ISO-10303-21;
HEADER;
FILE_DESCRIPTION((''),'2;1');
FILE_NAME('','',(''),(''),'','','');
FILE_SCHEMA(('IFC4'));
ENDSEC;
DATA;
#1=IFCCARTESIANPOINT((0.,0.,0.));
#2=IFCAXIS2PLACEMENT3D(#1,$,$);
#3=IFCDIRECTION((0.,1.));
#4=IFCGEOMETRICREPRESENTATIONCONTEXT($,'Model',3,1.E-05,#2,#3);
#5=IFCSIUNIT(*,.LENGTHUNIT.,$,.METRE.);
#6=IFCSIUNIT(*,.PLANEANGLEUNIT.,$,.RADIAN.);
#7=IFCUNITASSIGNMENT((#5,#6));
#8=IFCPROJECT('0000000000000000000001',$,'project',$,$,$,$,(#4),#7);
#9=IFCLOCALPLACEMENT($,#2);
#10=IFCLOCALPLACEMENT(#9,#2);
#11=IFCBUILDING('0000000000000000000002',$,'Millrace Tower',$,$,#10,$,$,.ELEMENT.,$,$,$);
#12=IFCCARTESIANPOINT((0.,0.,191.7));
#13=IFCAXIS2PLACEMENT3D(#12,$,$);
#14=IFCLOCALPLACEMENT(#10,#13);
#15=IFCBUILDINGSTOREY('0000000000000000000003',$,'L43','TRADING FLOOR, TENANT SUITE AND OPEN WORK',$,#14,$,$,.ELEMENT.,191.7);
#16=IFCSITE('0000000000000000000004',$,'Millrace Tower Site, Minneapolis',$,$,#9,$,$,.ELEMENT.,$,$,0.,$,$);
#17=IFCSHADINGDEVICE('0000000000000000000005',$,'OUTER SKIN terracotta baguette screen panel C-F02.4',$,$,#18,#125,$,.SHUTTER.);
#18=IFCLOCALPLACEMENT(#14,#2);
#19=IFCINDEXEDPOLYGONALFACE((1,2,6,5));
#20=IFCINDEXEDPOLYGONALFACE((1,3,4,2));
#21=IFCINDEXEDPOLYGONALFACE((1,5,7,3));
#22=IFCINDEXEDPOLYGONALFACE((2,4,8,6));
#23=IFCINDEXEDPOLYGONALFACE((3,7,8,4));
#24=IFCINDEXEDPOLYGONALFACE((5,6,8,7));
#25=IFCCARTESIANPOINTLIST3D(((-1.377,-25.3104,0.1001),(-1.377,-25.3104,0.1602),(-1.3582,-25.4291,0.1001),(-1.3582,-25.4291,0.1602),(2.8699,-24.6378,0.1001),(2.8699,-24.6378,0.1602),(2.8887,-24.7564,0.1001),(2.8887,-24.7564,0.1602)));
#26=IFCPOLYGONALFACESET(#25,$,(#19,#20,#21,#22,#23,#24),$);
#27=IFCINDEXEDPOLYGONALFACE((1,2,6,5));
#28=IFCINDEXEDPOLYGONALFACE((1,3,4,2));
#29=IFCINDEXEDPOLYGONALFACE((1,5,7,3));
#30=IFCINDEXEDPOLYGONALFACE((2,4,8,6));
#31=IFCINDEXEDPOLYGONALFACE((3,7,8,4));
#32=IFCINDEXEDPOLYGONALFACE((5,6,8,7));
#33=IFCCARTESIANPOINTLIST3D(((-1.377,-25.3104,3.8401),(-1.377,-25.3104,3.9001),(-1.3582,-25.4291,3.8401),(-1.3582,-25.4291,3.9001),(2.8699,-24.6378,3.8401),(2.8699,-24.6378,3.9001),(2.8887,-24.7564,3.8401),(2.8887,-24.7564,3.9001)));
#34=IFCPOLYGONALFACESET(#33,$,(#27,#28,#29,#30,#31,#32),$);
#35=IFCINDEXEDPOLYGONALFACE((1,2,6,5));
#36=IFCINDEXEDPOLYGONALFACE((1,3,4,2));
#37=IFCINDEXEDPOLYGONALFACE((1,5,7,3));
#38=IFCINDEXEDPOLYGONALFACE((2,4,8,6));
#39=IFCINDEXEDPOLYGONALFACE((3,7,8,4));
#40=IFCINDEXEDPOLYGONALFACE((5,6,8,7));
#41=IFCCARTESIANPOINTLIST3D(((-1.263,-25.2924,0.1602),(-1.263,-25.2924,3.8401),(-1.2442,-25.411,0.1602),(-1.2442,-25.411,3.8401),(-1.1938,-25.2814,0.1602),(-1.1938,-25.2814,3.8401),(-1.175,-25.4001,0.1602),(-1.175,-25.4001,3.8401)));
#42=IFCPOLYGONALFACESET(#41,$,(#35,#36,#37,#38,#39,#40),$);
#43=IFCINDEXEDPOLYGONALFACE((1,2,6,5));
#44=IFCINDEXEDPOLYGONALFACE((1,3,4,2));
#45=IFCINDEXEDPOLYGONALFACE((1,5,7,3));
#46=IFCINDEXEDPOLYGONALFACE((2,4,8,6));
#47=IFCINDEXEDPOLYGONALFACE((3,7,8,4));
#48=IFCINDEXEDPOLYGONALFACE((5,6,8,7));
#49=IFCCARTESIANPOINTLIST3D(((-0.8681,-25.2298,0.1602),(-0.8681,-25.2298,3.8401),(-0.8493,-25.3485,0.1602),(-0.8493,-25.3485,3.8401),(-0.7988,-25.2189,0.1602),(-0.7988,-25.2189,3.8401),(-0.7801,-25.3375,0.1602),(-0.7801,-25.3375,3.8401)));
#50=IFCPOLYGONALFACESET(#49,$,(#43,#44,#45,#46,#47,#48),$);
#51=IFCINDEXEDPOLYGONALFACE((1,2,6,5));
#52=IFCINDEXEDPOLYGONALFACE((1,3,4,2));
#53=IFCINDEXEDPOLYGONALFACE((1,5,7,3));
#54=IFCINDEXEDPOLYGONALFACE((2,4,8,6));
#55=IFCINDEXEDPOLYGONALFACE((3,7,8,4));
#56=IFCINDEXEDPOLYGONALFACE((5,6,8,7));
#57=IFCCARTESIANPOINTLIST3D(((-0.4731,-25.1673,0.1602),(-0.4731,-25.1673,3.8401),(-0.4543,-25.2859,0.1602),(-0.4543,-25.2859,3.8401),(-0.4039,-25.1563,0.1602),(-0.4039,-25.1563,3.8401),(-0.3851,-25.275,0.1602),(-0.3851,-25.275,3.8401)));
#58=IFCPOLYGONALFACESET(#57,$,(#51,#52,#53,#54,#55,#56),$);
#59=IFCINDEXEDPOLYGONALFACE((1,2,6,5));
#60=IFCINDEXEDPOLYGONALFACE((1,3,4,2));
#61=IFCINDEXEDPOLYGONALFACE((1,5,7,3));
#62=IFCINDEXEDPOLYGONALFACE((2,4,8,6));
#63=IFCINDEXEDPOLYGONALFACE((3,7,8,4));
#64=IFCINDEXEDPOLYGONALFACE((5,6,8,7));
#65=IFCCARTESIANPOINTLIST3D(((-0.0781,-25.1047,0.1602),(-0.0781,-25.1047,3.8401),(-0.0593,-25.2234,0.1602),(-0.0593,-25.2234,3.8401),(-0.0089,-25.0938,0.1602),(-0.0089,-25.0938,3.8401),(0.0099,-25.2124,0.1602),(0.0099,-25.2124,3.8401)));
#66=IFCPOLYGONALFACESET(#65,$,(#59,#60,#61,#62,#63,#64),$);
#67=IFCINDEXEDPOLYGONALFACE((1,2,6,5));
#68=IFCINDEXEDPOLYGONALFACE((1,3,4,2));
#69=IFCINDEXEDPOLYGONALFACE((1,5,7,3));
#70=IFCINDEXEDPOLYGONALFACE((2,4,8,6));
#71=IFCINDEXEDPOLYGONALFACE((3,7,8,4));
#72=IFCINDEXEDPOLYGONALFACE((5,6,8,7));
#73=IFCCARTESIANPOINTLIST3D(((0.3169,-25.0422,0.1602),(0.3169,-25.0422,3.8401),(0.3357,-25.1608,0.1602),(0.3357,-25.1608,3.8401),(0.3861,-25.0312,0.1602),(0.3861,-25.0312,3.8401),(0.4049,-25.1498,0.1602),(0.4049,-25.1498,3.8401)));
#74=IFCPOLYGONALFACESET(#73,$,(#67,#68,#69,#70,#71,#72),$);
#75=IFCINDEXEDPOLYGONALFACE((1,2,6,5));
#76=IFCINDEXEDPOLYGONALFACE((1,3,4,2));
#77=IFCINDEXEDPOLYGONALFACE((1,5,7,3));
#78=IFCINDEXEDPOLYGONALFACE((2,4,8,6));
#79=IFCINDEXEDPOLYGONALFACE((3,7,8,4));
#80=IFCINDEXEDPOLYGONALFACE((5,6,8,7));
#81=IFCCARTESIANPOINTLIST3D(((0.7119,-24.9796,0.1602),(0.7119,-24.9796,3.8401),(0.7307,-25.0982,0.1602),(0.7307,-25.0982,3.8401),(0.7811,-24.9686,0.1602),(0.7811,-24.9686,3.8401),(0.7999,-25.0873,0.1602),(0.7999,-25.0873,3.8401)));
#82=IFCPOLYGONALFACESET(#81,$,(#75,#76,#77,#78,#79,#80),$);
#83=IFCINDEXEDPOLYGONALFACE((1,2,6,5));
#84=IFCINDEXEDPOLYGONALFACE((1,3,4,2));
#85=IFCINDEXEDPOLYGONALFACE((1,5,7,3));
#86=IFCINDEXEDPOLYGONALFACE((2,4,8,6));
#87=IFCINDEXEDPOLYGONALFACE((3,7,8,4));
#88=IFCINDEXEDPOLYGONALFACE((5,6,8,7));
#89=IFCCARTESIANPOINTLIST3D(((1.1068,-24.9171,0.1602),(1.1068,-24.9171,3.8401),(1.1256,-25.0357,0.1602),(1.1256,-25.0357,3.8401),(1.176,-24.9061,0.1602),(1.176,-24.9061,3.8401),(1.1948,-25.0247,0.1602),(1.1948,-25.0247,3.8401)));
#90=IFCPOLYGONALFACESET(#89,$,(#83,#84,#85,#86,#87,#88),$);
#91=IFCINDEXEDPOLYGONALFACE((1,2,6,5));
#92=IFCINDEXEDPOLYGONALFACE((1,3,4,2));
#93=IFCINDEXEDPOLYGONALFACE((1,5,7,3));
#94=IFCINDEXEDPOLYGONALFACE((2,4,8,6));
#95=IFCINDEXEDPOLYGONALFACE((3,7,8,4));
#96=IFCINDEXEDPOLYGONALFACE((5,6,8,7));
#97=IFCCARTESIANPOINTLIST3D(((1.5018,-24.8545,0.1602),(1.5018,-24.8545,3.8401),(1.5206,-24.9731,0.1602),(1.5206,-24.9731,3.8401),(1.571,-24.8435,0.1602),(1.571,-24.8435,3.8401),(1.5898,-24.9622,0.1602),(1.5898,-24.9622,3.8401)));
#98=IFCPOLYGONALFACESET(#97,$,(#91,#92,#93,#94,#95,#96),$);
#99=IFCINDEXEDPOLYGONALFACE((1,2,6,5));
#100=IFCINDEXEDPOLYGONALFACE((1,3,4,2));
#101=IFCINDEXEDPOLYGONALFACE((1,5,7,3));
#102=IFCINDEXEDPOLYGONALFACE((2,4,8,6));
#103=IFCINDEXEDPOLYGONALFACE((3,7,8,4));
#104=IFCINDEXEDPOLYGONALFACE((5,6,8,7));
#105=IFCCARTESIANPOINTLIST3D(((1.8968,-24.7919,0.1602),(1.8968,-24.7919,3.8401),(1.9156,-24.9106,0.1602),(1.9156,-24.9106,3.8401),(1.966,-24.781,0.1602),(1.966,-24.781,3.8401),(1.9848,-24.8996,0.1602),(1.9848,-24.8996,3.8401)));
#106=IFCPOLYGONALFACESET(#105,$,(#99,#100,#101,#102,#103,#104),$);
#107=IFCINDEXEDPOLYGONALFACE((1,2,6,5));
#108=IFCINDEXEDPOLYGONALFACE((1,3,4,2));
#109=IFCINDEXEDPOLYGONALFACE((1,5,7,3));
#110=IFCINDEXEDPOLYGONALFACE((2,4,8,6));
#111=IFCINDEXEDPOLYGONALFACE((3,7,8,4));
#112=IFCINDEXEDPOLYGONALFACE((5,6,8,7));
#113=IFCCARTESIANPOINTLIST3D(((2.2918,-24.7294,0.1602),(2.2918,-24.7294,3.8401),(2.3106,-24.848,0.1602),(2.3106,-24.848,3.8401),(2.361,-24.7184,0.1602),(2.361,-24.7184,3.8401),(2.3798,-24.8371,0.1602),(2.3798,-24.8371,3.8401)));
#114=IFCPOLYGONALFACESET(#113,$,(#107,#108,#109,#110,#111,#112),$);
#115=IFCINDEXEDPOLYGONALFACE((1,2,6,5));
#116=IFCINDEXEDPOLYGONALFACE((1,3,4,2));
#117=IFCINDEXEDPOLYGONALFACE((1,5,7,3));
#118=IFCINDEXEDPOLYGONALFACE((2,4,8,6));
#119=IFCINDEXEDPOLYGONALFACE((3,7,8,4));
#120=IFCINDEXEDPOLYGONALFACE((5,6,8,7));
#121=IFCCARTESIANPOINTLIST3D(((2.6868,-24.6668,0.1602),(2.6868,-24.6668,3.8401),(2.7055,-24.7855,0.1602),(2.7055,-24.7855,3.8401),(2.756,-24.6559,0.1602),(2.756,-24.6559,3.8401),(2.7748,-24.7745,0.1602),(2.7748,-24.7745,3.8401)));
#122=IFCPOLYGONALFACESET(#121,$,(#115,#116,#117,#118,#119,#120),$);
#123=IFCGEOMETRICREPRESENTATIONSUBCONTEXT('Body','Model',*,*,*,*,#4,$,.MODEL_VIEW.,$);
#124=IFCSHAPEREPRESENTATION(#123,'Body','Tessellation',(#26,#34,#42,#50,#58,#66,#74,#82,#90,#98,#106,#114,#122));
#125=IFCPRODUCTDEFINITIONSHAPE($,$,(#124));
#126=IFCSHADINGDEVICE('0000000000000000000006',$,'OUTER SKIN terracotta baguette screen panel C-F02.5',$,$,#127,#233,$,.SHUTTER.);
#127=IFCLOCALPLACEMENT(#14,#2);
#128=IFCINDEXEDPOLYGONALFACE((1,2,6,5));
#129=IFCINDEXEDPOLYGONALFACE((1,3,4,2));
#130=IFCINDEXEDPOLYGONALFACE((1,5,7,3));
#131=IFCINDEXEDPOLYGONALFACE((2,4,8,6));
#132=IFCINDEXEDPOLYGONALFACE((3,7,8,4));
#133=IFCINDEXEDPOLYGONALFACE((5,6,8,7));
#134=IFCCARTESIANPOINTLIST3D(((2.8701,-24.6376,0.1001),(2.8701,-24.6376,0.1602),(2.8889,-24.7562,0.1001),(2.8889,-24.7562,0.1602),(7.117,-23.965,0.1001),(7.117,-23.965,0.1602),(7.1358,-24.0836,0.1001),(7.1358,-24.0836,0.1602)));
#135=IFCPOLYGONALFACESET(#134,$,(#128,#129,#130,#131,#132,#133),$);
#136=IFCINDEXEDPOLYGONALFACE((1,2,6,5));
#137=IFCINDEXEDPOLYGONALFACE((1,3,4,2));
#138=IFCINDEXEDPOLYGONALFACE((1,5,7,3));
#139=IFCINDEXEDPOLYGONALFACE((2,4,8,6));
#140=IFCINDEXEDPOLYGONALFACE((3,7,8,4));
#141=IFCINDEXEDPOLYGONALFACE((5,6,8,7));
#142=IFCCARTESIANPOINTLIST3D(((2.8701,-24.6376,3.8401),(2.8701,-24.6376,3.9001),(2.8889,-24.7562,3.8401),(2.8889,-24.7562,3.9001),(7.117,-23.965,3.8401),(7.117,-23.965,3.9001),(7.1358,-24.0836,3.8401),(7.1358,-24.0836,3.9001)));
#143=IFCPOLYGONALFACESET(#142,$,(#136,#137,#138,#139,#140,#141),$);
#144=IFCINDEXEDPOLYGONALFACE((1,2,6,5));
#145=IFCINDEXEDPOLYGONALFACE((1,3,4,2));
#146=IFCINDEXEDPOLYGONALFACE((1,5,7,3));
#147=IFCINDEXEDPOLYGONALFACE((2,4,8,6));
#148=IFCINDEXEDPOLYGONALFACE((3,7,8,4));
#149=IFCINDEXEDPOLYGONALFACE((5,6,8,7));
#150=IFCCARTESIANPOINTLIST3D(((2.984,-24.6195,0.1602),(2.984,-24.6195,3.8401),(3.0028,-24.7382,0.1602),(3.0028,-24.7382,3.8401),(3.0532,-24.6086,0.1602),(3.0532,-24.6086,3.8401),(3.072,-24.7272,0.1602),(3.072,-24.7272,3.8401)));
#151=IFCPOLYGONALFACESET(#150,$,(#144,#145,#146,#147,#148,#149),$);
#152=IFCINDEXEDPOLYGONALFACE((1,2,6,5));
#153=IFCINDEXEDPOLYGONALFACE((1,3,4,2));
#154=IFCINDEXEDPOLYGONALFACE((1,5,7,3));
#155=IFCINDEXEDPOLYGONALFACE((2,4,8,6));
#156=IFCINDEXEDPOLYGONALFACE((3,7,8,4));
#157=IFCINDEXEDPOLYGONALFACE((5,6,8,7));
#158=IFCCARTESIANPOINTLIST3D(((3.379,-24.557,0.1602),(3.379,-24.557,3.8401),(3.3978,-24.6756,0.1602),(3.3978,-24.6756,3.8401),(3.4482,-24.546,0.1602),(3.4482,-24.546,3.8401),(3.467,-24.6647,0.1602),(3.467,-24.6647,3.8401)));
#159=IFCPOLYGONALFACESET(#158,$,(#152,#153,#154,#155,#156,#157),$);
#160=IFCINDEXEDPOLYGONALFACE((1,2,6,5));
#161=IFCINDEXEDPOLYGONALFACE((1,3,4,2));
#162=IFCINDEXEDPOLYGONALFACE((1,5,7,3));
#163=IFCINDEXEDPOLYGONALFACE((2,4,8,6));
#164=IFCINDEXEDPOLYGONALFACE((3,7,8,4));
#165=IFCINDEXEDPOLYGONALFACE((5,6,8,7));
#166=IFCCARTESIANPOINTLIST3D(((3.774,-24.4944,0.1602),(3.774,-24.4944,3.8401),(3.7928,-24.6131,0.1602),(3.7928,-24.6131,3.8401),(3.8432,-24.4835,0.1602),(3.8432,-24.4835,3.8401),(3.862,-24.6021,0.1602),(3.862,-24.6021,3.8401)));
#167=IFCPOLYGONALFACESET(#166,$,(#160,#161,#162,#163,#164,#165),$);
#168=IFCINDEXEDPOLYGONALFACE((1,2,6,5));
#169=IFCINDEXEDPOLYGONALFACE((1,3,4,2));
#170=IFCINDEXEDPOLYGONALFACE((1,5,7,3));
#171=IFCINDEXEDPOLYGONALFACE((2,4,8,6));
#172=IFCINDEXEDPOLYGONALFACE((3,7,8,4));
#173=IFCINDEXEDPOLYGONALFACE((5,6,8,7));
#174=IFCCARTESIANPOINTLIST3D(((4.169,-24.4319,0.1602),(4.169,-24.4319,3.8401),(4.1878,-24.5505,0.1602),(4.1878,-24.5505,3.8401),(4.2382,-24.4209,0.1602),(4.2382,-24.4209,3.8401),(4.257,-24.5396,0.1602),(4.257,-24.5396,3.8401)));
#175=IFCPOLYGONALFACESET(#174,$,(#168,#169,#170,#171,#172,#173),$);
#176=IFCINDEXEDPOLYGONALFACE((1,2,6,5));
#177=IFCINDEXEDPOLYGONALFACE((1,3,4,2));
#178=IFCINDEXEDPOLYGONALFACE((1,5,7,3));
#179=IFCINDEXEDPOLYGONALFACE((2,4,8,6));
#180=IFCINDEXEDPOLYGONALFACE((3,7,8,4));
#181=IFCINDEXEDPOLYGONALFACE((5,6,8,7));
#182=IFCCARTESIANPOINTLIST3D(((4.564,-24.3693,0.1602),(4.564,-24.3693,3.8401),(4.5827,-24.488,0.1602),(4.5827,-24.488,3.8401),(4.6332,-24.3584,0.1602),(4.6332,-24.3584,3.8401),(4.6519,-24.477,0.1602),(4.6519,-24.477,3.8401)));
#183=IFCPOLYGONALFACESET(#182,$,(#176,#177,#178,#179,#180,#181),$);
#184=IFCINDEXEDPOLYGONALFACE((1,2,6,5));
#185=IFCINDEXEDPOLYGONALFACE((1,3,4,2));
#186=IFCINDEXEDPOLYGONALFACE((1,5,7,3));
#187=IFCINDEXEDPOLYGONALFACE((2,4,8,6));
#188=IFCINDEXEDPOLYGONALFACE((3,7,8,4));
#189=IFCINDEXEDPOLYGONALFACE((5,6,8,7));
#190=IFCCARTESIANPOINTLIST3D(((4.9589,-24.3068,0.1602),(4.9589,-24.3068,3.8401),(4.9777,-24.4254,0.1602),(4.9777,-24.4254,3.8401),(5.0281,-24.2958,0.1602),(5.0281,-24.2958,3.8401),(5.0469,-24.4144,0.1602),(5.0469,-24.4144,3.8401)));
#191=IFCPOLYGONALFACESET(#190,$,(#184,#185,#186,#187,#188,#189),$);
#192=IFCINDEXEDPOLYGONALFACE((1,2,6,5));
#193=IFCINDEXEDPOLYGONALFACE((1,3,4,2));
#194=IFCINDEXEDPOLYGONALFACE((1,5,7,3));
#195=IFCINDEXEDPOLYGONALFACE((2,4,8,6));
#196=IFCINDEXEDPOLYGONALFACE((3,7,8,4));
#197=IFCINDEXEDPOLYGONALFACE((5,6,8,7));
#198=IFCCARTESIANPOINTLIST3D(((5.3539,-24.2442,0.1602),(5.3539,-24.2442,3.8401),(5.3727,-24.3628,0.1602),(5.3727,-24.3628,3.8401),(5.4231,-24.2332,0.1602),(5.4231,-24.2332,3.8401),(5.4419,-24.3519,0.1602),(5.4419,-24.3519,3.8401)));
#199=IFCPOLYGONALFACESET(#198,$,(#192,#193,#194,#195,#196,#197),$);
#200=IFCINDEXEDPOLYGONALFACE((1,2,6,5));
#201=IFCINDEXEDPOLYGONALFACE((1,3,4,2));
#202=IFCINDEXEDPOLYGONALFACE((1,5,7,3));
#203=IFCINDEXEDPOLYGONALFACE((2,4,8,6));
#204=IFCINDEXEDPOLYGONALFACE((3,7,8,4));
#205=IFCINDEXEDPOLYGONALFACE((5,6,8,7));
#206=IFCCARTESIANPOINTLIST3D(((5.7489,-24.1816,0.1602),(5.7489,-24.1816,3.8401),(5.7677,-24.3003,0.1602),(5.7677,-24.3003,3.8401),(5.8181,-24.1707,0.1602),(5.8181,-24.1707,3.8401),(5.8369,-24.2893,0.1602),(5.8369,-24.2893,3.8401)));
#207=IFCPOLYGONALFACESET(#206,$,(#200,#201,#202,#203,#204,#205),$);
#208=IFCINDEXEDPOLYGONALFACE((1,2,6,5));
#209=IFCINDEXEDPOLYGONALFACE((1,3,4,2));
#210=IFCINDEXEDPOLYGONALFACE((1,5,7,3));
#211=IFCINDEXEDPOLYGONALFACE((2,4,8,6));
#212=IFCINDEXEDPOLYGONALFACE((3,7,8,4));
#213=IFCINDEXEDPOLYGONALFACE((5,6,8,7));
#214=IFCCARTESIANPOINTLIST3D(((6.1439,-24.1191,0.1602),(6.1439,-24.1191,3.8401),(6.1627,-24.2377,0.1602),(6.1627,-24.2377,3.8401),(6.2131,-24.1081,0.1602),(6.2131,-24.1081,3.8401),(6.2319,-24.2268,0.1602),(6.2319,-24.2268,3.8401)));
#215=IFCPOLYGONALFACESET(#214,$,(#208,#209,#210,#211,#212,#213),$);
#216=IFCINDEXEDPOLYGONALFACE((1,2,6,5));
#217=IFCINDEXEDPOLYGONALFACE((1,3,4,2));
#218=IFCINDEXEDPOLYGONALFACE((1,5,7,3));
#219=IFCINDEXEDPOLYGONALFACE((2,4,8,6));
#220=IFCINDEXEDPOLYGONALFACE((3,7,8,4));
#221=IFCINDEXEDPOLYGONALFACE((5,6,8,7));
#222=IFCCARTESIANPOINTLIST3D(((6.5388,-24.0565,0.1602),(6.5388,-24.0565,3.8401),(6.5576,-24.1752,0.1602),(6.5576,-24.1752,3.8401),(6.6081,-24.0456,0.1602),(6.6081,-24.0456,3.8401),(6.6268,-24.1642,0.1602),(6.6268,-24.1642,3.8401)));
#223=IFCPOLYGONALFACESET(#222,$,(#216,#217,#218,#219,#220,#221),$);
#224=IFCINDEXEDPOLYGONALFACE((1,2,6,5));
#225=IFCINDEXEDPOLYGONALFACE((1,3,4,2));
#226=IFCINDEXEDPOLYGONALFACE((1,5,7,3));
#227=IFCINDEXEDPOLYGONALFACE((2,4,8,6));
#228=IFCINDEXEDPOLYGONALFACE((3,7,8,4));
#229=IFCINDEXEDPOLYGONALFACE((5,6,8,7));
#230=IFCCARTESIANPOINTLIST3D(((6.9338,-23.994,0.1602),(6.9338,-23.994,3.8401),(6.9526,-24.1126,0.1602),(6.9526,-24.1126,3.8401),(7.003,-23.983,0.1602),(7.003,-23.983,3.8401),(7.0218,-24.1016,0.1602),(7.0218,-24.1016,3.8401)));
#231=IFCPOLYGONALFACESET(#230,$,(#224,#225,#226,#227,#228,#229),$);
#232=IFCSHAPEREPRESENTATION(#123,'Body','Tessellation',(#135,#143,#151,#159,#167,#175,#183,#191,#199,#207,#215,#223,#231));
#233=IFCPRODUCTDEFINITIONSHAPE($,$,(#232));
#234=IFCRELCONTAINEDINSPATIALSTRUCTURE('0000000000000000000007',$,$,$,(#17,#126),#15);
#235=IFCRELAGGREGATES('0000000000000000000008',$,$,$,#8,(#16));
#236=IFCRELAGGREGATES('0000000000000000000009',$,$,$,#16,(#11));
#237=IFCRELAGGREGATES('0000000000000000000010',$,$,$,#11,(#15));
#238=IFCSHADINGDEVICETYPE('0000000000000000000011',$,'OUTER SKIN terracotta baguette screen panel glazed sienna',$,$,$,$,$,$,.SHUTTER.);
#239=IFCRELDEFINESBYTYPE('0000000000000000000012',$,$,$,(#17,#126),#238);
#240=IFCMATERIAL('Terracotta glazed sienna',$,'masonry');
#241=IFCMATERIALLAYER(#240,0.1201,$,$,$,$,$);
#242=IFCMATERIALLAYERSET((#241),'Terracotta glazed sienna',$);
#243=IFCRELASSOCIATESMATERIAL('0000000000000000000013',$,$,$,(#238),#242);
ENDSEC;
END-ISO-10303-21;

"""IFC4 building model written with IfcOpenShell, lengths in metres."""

from ifc_helpers import new_model, entity, si_unit, direction, frame, frame_2d, origin, origin_2d, place, context, subcontext, project, spatial, rectangle, extrude, source, transform, mapped, material, layer, layer_set, type_object, element, save


model = new_model("IFC4")

# Units and contexts
model_context = context("Model", 3, precision=1e-05, world=origin(), true_north=direction((0.0, 1.0)))
body_context = subcontext(model_context, "Body", "Model", "MODEL_VIEW")
ifc_project = project(units=[si_unit("LENGTHUNIT", "METRE"), si_unit("PLANEANGLEUNIT", "RADIAN")], contexts=[model_context])

# Site, building, storey
site_placement = place(None, origin())
site = spatial("IfcSite", under=ifc_project, at=site_placement, Name="Millrace Tower Site, Minneapolis", CompositionType="ELEMENT", RefElevation=0.0)
building_placement = place(site_placement, origin())
building = spatial("IfcBuilding", under=site, at=building_placement, Name="Millrace Tower", CompositionType="ELEMENT")
storey_placement = place(building_placement, frame((0.0, 0.0, 191.7)))
storey = spatial("IfcBuildingStorey", under=building, at=storey_placement, Name="L43", Description="TRADING FLOOR, TENANT SUITE AND OPEN WORK", CompositionType="ELEMENT", Elevation=191.7)

# Shading devices
ifc_material_1 = material(Name="Terracotta glazed sienna", Category="masonry")
ifc_layer_1 = layer(ifc_material_1, 0.1201)
ifc_layer_set_1 = layer_set([ifc_layer_1], Name="Terracotta glazed sienna")
shading_device_type = type_object("IfcShadingDeviceType", Name="OUTER SKIN terracotta baguette screen panel glazed sienna", PredefinedType="SHUTTER", material=ifc_layer_set_1)
cartesian_point = entity("IfcCartesianPoint", [-2.1499, 0.0601])
shared_polyline = entity("IfcPolyline", [cartesian_point, entity("IfcCartesianPoint", [2.1499, 0.0601]), entity("IfcCartesianPoint", [2.1499, -0.0601]), entity("IfcCartesianPoint", [-2.1499, -0.0601]), cartesian_point])
shared_shape = source(origin(), body_context, "Body", "SweptSolid", [
    entity("IfcExtrudedAreaSolid", entity("IfcArbitraryClosedProfileDef", "AREA", None, shared_polyline), entity("IfcAxis2Placement3D", entity("IfcCartesianPoint", [0.0, 0.0, 0.0])), entity("IfcDirection", [0.0, 0.0, 1.0]), 0.0601),
    entity("IfcExtrudedAreaSolid", entity("IfcArbitraryClosedProfileDef", "AREA", None, shared_polyline), entity("IfcAxis2Placement3D", entity("IfcCartesianPoint", [0.0, 0.0, 3.74])), entity("IfcDirection", [0.0, 0.0, 1.0]), 0.0601),
    extrude(rectangle(XDim=0.0701, YDim=0.1201, at=frame_2d((-1.9995, 0.0))), frame((0.0, 0.0, 0.0601)), (0.0, 0.0, 1.0), 3.6799),
    extrude(rectangle(XDim=0.0701, YDim=0.1201, at=frame_2d((-1.5996, 0.0))), frame((0.0, 0.0, 0.0601)), (0.0, 0.0, 1.0), 3.6799),
    extrude(rectangle(XDim=0.0701, YDim=0.1201, at=frame_2d((-1.1997, 0.0))), frame((0.0, 0.0, 0.0601)), (0.0, 0.0, 1.0), 3.6799),
    extrude(rectangle(XDim=0.0701, YDim=0.1201, at=frame_2d((-0.7998, 0.0))), frame((0.0, 0.0, 0.0601)), (0.0, 0.0, 1.0), 3.6799),
    extrude(rectangle(XDim=0.0701, YDim=0.1201, at=frame_2d((-0.3999, 0.0))), frame((0.0, 0.0, 0.0601)), (0.0, 0.0, 1.0), 3.6799),
    extrude(rectangle(XDim=0.0701, YDim=0.1201, at=origin_2d()), frame((0.0, 0.0, 0.0601)), (0.0, 0.0, 1.0), 3.6799),
    extrude(rectangle(XDim=0.0701, YDim=0.1201, at=frame_2d((0.3999, 0.0))), frame((0.0, 0.0, 0.0601)), (0.0, 0.0, 1.0), 3.6799),
    extrude(rectangle(XDim=0.0701, YDim=0.1201, at=frame_2d((0.7998, 0.0))), frame((0.0, 0.0, 0.0601)), (0.0, 0.0, 1.0), 3.6799),
    extrude(rectangle(XDim=0.0701, YDim=0.1201, at=frame_2d((1.1997, 0.0))), frame((0.0, 0.0, 0.0601)), (0.0, 0.0, 1.0), 3.6799),
    extrude(rectangle(XDim=0.0701, YDim=0.1201, at=frame_2d((1.5996, 0.0))), frame((0.0, 0.0, 0.0601)), (0.0, 0.0, 1.0), 3.6799),
    extrude(rectangle(XDim=0.0701, YDim=0.1201, at=frame_2d((1.9995, 0.0))), frame((0.0, 0.0, 0.0601)), (0.0, 0.0, 1.0), 3.6799),
])
for number, where, z_axis, x_axis, name in (
    (1, (0.7559, -25.0334, 0.1001), (0.0, 0.0, 1.0), (0.987688, 0.156434, 0.0), "OUTER SKIN terracotta baguette screen panel C-F02.4"),
    (2, (5.0029, -24.3606, 0.1001), (0.0, 0.0, 1.0), (0.987688, 0.156434, 0.0), "OUTER SKIN terracotta baguette screen panel C-F02.5"),
):
    element("IfcShadingDevice", number, at=place(storey_placement, frame(where, z_axis=z_axis, x_axis=x_axis)), inside=storey, type_object=shading_device_type, Name=name, PredefinedType="SHUTTER", context=body_context, shape_type="MappedRepresentation", body=[
        mapped(shared_shape, transform((0.0, 0.0, 0.0), scale=1.0)),
    ])

save(model, "model.ifc")
